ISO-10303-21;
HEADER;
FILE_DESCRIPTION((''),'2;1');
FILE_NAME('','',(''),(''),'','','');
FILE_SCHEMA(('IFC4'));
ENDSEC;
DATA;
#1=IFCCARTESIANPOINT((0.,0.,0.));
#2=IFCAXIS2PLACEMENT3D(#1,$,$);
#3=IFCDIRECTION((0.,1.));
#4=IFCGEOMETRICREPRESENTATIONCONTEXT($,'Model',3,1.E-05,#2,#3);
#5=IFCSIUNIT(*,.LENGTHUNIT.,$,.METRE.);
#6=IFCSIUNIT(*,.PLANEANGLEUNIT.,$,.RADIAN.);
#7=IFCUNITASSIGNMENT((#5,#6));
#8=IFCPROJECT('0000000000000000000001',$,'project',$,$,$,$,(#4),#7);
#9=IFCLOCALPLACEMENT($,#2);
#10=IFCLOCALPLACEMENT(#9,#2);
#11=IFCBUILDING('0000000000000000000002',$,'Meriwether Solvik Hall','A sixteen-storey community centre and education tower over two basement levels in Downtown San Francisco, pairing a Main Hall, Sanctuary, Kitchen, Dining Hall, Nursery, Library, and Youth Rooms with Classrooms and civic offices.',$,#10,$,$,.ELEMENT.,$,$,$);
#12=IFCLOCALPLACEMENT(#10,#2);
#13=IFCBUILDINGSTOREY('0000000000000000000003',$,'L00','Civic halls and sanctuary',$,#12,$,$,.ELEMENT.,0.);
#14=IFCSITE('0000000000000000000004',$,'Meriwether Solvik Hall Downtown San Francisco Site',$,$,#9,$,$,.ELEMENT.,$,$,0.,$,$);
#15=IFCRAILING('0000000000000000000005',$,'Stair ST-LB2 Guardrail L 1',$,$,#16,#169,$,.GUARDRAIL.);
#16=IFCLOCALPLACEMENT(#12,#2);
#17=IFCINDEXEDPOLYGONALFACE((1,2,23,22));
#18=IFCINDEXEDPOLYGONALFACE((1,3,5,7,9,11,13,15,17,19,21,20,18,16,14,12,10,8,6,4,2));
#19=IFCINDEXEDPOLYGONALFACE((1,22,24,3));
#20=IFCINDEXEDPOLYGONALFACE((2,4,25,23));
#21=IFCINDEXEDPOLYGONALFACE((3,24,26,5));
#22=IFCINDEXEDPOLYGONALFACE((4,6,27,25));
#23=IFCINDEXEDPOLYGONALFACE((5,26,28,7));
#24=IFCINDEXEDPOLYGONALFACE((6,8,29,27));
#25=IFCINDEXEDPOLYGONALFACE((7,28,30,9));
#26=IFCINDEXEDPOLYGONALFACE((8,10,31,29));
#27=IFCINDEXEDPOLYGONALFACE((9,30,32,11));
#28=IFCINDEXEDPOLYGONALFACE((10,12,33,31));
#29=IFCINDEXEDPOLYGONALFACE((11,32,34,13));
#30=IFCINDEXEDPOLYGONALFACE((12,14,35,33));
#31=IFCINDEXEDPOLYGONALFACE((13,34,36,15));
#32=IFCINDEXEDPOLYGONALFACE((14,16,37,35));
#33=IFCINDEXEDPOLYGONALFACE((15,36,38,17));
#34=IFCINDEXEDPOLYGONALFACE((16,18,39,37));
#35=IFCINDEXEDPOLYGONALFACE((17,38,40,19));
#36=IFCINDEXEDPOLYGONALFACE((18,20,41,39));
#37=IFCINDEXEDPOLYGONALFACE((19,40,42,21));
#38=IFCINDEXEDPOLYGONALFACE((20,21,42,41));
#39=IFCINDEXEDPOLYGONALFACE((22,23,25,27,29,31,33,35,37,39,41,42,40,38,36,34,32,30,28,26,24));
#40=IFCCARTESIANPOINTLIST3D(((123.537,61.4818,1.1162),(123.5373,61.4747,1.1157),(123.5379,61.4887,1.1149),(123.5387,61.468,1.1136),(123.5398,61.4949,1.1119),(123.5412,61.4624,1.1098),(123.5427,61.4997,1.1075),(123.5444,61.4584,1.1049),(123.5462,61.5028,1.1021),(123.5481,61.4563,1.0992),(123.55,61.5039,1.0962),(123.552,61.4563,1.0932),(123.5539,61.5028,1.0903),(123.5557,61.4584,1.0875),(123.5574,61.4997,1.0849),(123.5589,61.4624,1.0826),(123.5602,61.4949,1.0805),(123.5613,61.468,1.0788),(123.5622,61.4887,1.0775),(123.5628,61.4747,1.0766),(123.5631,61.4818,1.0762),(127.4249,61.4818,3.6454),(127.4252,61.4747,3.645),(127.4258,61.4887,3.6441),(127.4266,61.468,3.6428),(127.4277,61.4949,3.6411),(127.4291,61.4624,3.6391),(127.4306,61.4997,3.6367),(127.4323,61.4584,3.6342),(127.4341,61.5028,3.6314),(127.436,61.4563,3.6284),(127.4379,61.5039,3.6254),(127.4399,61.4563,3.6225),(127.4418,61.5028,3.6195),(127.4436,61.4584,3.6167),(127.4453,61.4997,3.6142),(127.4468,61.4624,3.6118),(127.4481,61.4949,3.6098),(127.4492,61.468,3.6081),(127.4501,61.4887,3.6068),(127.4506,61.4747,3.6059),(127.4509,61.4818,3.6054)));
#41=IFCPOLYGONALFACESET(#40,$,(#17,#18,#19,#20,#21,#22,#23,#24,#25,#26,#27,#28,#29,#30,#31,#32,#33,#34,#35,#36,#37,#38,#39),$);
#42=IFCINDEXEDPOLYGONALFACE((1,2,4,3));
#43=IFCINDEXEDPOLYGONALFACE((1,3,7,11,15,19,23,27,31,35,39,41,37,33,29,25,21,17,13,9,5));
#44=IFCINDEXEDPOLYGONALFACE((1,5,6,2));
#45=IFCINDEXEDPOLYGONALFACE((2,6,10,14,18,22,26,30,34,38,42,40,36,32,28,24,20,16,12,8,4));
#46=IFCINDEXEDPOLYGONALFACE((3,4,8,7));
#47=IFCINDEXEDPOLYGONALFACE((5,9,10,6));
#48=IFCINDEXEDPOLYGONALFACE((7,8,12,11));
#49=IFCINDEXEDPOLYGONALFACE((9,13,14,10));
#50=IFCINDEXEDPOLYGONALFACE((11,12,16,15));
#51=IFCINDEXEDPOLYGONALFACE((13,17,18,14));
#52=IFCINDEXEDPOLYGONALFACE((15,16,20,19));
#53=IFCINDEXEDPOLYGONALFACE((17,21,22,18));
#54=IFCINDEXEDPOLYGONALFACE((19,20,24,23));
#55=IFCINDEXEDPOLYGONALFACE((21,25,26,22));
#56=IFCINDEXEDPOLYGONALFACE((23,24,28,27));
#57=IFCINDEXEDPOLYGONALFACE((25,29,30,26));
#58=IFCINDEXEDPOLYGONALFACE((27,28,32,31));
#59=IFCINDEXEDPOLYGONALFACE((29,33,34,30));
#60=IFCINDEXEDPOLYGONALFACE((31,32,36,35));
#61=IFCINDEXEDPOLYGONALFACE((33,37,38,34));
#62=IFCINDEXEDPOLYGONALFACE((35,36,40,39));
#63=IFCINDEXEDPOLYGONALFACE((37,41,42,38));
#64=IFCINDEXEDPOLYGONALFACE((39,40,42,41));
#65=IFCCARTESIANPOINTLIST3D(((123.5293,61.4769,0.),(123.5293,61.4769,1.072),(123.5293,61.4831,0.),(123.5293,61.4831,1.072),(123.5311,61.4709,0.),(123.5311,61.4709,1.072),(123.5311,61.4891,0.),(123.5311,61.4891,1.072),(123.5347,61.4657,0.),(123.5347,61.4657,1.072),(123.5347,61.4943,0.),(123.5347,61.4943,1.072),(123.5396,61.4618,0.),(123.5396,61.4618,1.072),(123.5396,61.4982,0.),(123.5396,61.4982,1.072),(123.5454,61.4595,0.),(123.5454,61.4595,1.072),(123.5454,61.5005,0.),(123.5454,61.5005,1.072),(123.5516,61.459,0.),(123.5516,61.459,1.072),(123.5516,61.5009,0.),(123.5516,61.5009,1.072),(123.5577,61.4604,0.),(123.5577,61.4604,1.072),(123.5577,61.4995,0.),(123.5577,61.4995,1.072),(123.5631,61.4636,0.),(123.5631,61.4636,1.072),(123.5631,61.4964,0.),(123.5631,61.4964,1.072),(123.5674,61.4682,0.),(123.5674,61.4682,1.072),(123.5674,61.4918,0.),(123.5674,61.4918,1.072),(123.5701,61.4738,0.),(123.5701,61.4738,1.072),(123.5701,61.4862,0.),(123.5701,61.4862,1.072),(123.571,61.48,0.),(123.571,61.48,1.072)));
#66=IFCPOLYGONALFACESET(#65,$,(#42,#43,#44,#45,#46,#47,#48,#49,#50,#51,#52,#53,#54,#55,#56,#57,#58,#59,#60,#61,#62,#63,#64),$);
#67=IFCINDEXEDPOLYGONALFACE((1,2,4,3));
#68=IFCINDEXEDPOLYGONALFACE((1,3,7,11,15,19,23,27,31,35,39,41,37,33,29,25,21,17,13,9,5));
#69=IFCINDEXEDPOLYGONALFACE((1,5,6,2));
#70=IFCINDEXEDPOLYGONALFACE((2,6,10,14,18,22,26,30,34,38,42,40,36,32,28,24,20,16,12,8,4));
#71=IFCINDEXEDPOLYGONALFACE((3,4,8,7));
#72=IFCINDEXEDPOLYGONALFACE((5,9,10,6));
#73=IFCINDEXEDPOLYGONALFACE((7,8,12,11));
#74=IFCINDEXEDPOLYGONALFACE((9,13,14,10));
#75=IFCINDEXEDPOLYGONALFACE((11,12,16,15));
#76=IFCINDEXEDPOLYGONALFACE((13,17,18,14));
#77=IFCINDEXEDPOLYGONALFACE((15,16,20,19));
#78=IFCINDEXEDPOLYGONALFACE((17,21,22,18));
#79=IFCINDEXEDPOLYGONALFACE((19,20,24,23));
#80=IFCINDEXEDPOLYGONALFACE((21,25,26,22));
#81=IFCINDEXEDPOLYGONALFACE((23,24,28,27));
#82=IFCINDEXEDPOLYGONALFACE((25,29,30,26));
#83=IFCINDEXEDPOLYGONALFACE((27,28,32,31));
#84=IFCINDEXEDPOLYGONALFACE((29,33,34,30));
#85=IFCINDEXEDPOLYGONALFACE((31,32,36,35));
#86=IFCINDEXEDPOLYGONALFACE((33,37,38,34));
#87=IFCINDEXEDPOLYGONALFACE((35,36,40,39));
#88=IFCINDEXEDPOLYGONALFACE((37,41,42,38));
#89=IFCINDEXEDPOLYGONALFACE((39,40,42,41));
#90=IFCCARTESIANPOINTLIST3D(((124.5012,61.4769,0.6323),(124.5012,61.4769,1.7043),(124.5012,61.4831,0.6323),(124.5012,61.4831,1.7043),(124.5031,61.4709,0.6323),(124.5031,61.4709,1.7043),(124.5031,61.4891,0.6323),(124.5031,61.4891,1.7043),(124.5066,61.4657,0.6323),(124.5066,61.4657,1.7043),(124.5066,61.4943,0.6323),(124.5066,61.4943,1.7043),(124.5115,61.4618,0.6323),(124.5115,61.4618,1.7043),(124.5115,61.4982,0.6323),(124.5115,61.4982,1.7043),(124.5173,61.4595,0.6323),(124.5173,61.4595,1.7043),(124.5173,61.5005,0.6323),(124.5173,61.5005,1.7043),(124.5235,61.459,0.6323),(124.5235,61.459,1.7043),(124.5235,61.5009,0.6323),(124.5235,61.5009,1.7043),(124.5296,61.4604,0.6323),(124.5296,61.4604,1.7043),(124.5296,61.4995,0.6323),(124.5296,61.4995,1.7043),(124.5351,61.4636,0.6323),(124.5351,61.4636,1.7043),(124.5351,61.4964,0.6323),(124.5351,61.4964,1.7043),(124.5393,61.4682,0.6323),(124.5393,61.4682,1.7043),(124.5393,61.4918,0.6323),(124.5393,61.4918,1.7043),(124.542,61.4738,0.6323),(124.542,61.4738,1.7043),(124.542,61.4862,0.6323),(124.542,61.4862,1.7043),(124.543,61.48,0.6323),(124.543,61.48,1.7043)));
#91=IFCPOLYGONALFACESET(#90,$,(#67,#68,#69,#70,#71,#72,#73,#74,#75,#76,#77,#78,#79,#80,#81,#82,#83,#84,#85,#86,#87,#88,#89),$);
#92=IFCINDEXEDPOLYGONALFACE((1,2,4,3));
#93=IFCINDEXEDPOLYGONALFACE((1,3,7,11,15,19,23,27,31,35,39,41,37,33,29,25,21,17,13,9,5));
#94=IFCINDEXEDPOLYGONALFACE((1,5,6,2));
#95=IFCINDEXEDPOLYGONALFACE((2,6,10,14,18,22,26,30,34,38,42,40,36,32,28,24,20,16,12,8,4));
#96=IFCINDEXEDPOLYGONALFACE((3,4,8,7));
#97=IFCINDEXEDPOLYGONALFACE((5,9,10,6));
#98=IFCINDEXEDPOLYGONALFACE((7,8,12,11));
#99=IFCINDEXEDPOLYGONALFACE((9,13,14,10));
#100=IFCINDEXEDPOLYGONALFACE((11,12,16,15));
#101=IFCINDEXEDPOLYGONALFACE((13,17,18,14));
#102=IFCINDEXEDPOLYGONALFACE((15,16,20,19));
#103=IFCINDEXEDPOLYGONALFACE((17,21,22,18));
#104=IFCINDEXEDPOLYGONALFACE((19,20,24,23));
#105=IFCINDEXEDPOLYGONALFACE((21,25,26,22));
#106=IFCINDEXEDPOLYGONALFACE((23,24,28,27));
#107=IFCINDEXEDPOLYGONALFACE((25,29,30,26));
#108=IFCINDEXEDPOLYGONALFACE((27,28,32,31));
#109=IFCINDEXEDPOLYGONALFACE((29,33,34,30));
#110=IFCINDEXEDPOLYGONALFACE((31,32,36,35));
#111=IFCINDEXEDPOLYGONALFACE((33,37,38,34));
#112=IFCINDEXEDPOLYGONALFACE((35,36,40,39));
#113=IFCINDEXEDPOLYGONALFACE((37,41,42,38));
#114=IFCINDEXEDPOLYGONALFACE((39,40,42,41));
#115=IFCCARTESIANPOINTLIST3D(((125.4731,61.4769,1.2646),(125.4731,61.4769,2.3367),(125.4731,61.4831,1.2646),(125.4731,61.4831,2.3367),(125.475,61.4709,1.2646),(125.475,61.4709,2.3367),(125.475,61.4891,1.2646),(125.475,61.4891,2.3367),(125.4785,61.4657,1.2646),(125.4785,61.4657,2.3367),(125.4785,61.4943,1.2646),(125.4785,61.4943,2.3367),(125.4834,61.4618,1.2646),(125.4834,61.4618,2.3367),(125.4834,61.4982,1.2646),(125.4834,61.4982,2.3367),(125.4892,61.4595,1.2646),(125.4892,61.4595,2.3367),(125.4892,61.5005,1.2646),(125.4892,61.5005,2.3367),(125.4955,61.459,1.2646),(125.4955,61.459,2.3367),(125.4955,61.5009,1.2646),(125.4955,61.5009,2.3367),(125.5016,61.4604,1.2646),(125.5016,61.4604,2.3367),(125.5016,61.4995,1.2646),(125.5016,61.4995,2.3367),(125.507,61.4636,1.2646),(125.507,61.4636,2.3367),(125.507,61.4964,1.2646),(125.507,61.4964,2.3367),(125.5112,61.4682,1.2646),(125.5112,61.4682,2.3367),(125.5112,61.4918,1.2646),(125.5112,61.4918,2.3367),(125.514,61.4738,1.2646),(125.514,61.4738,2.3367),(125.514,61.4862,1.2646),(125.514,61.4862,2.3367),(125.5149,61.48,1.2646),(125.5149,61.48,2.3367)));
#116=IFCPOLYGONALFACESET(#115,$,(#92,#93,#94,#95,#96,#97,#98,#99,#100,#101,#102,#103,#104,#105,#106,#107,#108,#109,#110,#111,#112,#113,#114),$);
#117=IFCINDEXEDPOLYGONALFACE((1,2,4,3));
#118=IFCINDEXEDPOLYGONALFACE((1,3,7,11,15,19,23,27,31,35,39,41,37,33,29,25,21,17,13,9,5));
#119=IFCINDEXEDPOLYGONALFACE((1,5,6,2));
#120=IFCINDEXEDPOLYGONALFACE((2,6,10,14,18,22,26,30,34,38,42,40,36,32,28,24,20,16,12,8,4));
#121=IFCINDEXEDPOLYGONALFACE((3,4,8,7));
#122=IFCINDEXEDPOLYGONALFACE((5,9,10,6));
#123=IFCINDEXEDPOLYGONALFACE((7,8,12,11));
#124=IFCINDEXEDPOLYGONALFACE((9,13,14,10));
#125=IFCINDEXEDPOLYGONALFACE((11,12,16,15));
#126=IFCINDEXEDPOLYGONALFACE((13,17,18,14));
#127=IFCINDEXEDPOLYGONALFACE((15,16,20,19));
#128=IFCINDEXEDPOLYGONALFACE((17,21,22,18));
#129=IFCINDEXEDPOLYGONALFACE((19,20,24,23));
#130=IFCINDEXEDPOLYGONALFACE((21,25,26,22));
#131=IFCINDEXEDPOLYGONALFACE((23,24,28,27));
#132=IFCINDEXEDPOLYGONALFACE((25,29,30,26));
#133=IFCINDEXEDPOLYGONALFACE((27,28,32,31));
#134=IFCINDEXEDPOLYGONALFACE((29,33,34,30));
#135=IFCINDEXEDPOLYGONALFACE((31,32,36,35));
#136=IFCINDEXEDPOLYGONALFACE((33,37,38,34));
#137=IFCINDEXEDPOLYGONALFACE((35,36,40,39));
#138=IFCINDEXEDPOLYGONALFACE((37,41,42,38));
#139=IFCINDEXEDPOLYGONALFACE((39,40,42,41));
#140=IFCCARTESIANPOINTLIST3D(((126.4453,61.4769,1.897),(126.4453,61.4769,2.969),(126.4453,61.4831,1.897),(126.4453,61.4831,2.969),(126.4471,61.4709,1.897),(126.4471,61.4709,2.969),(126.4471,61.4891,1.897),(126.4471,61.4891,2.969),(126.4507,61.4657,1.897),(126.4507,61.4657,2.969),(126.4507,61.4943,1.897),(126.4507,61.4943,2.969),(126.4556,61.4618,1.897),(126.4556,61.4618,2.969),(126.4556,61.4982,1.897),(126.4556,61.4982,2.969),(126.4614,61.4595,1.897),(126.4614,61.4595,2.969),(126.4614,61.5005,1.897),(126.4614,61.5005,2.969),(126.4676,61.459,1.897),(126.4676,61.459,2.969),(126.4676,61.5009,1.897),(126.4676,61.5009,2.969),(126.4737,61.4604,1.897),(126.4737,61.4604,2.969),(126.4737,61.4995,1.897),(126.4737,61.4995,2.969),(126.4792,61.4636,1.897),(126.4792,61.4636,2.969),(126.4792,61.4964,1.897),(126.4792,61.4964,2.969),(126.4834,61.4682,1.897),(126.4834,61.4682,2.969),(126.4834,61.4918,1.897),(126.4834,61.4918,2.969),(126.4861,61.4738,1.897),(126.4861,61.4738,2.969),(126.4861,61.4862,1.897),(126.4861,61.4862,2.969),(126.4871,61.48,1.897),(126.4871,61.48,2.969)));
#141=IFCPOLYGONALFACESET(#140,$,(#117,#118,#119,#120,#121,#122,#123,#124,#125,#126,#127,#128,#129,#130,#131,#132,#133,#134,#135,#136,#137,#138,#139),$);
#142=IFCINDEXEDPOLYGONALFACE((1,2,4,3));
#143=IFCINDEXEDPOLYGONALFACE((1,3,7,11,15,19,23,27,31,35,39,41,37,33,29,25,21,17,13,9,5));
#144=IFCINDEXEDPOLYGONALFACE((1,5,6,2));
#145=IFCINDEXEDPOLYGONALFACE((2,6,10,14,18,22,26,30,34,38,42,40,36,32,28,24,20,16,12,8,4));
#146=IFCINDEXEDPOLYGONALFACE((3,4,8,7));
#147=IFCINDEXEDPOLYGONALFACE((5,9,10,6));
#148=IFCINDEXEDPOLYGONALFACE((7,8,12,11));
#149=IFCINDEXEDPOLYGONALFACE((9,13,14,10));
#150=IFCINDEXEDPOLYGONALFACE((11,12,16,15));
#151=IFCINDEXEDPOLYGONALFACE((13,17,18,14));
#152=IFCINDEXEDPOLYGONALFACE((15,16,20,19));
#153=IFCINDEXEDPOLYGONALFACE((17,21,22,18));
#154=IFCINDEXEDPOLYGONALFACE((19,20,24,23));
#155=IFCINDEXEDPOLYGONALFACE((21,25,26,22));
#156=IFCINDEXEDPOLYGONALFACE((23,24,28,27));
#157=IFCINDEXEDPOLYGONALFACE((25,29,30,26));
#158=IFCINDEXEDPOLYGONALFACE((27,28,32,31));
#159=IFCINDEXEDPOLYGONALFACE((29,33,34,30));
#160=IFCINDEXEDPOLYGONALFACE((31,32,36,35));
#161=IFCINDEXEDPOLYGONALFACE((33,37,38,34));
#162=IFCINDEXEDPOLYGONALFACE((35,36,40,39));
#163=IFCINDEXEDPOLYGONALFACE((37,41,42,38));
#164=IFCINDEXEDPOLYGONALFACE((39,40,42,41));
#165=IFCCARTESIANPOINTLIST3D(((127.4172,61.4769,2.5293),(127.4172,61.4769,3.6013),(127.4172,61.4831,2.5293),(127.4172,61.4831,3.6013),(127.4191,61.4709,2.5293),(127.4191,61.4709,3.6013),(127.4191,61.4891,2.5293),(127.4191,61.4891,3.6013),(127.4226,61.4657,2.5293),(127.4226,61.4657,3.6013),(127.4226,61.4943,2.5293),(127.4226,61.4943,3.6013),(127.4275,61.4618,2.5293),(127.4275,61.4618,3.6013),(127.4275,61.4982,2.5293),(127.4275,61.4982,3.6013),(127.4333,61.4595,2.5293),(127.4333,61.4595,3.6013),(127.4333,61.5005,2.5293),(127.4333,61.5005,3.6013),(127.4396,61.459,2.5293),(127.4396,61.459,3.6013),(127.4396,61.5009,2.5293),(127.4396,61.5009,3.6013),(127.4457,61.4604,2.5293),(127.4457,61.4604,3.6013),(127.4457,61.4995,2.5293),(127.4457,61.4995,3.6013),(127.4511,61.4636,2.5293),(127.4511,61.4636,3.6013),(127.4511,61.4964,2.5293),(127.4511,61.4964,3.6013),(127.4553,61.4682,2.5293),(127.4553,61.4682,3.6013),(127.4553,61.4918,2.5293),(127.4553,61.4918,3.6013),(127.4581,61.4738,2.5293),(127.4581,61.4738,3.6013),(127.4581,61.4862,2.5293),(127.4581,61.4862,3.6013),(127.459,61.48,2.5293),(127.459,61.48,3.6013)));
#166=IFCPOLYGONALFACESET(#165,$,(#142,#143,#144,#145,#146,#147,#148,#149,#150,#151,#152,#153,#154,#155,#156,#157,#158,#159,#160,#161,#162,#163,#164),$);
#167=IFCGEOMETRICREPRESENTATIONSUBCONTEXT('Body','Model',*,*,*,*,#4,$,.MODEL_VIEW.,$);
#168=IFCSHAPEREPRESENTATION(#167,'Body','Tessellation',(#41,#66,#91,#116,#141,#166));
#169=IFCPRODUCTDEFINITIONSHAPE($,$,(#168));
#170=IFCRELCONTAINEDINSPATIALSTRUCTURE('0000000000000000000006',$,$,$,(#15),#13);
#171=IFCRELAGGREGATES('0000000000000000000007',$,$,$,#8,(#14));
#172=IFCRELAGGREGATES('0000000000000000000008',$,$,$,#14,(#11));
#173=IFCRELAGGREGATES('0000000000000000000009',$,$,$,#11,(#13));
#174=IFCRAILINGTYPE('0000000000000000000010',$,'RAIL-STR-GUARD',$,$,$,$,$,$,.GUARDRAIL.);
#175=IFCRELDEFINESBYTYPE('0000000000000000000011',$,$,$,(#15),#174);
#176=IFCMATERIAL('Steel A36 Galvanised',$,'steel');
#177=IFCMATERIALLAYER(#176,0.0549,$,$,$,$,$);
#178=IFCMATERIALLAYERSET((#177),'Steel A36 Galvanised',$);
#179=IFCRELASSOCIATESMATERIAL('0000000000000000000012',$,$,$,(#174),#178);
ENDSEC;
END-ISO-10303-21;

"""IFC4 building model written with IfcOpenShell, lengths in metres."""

from ifc_helpers import new_model, si_unit, direction, frame, origin, origin_2d, place, context, subcontext, project, spatial, circle, extrude, material, layer, layer_set, type_object, element, save


model = new_model("IFC4")

# Units and contexts
model_context = context("Model", 3, precision=1e-05, world=origin(), true_north=direction((0.0, 1.0)))
body_context = subcontext(model_context, "Body", "Model", "MODEL_VIEW")
ifc_project = project(units=[si_unit("LENGTHUNIT", "METRE"), si_unit("PLANEANGLEUNIT", "RADIAN")], contexts=[model_context])

# Site, building, storey
site_placement = place(None, origin())
site = spatial("IfcSite", under=ifc_project, at=site_placement, Name="Meriwether Solvik Hall Downtown San Francisco Site", CompositionType="ELEMENT", RefElevation=0.0)
building_placement = place(site_placement, origin())
building = spatial("IfcBuilding", under=site, at=building_placement, Name="Meriwether Solvik Hall", Description="A sixteen-storey community centre and education tower over two basement levels in Downtown San Francisco, pairing a Main Hall, Sanctuary, Kitchen, Dining Hall, Nursery, Library, and Youth Rooms with Classrooms and civic offices.", CompositionType="ELEMENT")
storey_placement = place(building_placement, origin())
storey = spatial("IfcBuildingStorey", under=building, at=storey_placement, Name="L00", Description="Civic halls and sanctuary", CompositionType="ELEMENT", Elevation=0.0)

# Railing
ifc_material_1 = material(Name="Steel A36 Galvanised", Category="steel")
ifc_layer_1 = layer(ifc_material_1, 0.0549)
ifc_layer_set_1 = layer_set([ifc_layer_1], Name="Steel A36 Galvanised")
railing_type_1 = type_object("IfcRailingType", Name="RAIL-STR-GUARD", PredefinedType="GUARDRAIL", material=ifc_layer_set_1)
railing_1_placement = place(storey_placement, frame((123.55, 61.48, 0.0)))
element("IfcRailing", 1, at=railing_1_placement, inside=storey, type_object=railing_type_1, Name="Stair ST-LB2 Guardrail L 1", PredefinedType="GUARDRAIL", context=body_context, shape_type="SweptSolid", body=[
    extrude(circle(Radius=0.0239, at=origin_2d()), frame((0.0, 0.0, 1.0962), z_axis=(0.838233, 0.0, 0.545312), x_axis=(0.0, 1.0, 0.0)), (0.0, 0.0, 1.0), 4.6382),
    extrude(circle(Radius=0.021, at=origin_2d()), origin(), (0.0, 0.0, 1.0), 1.072),
    extrude(circle(Radius=0.021, at=origin_2d()), frame((0.9719, 0.0, 0.6323)), (0.0, 0.0, 1.0), 1.072),
    extrude(circle(Radius=0.021, at=origin_2d()), frame((1.9438, 0.0, 1.2646)), (0.0, 0.0, 1.0), 1.072),
    extrude(circle(Radius=0.021, at=origin_2d()), frame((2.916, 0.0, 1.897)), (0.0, 0.0, 1.0), 1.072),
    extrude(circle(Radius=0.021, at=origin_2d()), frame((3.8879, 0.0, 2.5293)), (0.0, 0.0, 1.0), 1.072),
])

save(model, "model.ifc")
